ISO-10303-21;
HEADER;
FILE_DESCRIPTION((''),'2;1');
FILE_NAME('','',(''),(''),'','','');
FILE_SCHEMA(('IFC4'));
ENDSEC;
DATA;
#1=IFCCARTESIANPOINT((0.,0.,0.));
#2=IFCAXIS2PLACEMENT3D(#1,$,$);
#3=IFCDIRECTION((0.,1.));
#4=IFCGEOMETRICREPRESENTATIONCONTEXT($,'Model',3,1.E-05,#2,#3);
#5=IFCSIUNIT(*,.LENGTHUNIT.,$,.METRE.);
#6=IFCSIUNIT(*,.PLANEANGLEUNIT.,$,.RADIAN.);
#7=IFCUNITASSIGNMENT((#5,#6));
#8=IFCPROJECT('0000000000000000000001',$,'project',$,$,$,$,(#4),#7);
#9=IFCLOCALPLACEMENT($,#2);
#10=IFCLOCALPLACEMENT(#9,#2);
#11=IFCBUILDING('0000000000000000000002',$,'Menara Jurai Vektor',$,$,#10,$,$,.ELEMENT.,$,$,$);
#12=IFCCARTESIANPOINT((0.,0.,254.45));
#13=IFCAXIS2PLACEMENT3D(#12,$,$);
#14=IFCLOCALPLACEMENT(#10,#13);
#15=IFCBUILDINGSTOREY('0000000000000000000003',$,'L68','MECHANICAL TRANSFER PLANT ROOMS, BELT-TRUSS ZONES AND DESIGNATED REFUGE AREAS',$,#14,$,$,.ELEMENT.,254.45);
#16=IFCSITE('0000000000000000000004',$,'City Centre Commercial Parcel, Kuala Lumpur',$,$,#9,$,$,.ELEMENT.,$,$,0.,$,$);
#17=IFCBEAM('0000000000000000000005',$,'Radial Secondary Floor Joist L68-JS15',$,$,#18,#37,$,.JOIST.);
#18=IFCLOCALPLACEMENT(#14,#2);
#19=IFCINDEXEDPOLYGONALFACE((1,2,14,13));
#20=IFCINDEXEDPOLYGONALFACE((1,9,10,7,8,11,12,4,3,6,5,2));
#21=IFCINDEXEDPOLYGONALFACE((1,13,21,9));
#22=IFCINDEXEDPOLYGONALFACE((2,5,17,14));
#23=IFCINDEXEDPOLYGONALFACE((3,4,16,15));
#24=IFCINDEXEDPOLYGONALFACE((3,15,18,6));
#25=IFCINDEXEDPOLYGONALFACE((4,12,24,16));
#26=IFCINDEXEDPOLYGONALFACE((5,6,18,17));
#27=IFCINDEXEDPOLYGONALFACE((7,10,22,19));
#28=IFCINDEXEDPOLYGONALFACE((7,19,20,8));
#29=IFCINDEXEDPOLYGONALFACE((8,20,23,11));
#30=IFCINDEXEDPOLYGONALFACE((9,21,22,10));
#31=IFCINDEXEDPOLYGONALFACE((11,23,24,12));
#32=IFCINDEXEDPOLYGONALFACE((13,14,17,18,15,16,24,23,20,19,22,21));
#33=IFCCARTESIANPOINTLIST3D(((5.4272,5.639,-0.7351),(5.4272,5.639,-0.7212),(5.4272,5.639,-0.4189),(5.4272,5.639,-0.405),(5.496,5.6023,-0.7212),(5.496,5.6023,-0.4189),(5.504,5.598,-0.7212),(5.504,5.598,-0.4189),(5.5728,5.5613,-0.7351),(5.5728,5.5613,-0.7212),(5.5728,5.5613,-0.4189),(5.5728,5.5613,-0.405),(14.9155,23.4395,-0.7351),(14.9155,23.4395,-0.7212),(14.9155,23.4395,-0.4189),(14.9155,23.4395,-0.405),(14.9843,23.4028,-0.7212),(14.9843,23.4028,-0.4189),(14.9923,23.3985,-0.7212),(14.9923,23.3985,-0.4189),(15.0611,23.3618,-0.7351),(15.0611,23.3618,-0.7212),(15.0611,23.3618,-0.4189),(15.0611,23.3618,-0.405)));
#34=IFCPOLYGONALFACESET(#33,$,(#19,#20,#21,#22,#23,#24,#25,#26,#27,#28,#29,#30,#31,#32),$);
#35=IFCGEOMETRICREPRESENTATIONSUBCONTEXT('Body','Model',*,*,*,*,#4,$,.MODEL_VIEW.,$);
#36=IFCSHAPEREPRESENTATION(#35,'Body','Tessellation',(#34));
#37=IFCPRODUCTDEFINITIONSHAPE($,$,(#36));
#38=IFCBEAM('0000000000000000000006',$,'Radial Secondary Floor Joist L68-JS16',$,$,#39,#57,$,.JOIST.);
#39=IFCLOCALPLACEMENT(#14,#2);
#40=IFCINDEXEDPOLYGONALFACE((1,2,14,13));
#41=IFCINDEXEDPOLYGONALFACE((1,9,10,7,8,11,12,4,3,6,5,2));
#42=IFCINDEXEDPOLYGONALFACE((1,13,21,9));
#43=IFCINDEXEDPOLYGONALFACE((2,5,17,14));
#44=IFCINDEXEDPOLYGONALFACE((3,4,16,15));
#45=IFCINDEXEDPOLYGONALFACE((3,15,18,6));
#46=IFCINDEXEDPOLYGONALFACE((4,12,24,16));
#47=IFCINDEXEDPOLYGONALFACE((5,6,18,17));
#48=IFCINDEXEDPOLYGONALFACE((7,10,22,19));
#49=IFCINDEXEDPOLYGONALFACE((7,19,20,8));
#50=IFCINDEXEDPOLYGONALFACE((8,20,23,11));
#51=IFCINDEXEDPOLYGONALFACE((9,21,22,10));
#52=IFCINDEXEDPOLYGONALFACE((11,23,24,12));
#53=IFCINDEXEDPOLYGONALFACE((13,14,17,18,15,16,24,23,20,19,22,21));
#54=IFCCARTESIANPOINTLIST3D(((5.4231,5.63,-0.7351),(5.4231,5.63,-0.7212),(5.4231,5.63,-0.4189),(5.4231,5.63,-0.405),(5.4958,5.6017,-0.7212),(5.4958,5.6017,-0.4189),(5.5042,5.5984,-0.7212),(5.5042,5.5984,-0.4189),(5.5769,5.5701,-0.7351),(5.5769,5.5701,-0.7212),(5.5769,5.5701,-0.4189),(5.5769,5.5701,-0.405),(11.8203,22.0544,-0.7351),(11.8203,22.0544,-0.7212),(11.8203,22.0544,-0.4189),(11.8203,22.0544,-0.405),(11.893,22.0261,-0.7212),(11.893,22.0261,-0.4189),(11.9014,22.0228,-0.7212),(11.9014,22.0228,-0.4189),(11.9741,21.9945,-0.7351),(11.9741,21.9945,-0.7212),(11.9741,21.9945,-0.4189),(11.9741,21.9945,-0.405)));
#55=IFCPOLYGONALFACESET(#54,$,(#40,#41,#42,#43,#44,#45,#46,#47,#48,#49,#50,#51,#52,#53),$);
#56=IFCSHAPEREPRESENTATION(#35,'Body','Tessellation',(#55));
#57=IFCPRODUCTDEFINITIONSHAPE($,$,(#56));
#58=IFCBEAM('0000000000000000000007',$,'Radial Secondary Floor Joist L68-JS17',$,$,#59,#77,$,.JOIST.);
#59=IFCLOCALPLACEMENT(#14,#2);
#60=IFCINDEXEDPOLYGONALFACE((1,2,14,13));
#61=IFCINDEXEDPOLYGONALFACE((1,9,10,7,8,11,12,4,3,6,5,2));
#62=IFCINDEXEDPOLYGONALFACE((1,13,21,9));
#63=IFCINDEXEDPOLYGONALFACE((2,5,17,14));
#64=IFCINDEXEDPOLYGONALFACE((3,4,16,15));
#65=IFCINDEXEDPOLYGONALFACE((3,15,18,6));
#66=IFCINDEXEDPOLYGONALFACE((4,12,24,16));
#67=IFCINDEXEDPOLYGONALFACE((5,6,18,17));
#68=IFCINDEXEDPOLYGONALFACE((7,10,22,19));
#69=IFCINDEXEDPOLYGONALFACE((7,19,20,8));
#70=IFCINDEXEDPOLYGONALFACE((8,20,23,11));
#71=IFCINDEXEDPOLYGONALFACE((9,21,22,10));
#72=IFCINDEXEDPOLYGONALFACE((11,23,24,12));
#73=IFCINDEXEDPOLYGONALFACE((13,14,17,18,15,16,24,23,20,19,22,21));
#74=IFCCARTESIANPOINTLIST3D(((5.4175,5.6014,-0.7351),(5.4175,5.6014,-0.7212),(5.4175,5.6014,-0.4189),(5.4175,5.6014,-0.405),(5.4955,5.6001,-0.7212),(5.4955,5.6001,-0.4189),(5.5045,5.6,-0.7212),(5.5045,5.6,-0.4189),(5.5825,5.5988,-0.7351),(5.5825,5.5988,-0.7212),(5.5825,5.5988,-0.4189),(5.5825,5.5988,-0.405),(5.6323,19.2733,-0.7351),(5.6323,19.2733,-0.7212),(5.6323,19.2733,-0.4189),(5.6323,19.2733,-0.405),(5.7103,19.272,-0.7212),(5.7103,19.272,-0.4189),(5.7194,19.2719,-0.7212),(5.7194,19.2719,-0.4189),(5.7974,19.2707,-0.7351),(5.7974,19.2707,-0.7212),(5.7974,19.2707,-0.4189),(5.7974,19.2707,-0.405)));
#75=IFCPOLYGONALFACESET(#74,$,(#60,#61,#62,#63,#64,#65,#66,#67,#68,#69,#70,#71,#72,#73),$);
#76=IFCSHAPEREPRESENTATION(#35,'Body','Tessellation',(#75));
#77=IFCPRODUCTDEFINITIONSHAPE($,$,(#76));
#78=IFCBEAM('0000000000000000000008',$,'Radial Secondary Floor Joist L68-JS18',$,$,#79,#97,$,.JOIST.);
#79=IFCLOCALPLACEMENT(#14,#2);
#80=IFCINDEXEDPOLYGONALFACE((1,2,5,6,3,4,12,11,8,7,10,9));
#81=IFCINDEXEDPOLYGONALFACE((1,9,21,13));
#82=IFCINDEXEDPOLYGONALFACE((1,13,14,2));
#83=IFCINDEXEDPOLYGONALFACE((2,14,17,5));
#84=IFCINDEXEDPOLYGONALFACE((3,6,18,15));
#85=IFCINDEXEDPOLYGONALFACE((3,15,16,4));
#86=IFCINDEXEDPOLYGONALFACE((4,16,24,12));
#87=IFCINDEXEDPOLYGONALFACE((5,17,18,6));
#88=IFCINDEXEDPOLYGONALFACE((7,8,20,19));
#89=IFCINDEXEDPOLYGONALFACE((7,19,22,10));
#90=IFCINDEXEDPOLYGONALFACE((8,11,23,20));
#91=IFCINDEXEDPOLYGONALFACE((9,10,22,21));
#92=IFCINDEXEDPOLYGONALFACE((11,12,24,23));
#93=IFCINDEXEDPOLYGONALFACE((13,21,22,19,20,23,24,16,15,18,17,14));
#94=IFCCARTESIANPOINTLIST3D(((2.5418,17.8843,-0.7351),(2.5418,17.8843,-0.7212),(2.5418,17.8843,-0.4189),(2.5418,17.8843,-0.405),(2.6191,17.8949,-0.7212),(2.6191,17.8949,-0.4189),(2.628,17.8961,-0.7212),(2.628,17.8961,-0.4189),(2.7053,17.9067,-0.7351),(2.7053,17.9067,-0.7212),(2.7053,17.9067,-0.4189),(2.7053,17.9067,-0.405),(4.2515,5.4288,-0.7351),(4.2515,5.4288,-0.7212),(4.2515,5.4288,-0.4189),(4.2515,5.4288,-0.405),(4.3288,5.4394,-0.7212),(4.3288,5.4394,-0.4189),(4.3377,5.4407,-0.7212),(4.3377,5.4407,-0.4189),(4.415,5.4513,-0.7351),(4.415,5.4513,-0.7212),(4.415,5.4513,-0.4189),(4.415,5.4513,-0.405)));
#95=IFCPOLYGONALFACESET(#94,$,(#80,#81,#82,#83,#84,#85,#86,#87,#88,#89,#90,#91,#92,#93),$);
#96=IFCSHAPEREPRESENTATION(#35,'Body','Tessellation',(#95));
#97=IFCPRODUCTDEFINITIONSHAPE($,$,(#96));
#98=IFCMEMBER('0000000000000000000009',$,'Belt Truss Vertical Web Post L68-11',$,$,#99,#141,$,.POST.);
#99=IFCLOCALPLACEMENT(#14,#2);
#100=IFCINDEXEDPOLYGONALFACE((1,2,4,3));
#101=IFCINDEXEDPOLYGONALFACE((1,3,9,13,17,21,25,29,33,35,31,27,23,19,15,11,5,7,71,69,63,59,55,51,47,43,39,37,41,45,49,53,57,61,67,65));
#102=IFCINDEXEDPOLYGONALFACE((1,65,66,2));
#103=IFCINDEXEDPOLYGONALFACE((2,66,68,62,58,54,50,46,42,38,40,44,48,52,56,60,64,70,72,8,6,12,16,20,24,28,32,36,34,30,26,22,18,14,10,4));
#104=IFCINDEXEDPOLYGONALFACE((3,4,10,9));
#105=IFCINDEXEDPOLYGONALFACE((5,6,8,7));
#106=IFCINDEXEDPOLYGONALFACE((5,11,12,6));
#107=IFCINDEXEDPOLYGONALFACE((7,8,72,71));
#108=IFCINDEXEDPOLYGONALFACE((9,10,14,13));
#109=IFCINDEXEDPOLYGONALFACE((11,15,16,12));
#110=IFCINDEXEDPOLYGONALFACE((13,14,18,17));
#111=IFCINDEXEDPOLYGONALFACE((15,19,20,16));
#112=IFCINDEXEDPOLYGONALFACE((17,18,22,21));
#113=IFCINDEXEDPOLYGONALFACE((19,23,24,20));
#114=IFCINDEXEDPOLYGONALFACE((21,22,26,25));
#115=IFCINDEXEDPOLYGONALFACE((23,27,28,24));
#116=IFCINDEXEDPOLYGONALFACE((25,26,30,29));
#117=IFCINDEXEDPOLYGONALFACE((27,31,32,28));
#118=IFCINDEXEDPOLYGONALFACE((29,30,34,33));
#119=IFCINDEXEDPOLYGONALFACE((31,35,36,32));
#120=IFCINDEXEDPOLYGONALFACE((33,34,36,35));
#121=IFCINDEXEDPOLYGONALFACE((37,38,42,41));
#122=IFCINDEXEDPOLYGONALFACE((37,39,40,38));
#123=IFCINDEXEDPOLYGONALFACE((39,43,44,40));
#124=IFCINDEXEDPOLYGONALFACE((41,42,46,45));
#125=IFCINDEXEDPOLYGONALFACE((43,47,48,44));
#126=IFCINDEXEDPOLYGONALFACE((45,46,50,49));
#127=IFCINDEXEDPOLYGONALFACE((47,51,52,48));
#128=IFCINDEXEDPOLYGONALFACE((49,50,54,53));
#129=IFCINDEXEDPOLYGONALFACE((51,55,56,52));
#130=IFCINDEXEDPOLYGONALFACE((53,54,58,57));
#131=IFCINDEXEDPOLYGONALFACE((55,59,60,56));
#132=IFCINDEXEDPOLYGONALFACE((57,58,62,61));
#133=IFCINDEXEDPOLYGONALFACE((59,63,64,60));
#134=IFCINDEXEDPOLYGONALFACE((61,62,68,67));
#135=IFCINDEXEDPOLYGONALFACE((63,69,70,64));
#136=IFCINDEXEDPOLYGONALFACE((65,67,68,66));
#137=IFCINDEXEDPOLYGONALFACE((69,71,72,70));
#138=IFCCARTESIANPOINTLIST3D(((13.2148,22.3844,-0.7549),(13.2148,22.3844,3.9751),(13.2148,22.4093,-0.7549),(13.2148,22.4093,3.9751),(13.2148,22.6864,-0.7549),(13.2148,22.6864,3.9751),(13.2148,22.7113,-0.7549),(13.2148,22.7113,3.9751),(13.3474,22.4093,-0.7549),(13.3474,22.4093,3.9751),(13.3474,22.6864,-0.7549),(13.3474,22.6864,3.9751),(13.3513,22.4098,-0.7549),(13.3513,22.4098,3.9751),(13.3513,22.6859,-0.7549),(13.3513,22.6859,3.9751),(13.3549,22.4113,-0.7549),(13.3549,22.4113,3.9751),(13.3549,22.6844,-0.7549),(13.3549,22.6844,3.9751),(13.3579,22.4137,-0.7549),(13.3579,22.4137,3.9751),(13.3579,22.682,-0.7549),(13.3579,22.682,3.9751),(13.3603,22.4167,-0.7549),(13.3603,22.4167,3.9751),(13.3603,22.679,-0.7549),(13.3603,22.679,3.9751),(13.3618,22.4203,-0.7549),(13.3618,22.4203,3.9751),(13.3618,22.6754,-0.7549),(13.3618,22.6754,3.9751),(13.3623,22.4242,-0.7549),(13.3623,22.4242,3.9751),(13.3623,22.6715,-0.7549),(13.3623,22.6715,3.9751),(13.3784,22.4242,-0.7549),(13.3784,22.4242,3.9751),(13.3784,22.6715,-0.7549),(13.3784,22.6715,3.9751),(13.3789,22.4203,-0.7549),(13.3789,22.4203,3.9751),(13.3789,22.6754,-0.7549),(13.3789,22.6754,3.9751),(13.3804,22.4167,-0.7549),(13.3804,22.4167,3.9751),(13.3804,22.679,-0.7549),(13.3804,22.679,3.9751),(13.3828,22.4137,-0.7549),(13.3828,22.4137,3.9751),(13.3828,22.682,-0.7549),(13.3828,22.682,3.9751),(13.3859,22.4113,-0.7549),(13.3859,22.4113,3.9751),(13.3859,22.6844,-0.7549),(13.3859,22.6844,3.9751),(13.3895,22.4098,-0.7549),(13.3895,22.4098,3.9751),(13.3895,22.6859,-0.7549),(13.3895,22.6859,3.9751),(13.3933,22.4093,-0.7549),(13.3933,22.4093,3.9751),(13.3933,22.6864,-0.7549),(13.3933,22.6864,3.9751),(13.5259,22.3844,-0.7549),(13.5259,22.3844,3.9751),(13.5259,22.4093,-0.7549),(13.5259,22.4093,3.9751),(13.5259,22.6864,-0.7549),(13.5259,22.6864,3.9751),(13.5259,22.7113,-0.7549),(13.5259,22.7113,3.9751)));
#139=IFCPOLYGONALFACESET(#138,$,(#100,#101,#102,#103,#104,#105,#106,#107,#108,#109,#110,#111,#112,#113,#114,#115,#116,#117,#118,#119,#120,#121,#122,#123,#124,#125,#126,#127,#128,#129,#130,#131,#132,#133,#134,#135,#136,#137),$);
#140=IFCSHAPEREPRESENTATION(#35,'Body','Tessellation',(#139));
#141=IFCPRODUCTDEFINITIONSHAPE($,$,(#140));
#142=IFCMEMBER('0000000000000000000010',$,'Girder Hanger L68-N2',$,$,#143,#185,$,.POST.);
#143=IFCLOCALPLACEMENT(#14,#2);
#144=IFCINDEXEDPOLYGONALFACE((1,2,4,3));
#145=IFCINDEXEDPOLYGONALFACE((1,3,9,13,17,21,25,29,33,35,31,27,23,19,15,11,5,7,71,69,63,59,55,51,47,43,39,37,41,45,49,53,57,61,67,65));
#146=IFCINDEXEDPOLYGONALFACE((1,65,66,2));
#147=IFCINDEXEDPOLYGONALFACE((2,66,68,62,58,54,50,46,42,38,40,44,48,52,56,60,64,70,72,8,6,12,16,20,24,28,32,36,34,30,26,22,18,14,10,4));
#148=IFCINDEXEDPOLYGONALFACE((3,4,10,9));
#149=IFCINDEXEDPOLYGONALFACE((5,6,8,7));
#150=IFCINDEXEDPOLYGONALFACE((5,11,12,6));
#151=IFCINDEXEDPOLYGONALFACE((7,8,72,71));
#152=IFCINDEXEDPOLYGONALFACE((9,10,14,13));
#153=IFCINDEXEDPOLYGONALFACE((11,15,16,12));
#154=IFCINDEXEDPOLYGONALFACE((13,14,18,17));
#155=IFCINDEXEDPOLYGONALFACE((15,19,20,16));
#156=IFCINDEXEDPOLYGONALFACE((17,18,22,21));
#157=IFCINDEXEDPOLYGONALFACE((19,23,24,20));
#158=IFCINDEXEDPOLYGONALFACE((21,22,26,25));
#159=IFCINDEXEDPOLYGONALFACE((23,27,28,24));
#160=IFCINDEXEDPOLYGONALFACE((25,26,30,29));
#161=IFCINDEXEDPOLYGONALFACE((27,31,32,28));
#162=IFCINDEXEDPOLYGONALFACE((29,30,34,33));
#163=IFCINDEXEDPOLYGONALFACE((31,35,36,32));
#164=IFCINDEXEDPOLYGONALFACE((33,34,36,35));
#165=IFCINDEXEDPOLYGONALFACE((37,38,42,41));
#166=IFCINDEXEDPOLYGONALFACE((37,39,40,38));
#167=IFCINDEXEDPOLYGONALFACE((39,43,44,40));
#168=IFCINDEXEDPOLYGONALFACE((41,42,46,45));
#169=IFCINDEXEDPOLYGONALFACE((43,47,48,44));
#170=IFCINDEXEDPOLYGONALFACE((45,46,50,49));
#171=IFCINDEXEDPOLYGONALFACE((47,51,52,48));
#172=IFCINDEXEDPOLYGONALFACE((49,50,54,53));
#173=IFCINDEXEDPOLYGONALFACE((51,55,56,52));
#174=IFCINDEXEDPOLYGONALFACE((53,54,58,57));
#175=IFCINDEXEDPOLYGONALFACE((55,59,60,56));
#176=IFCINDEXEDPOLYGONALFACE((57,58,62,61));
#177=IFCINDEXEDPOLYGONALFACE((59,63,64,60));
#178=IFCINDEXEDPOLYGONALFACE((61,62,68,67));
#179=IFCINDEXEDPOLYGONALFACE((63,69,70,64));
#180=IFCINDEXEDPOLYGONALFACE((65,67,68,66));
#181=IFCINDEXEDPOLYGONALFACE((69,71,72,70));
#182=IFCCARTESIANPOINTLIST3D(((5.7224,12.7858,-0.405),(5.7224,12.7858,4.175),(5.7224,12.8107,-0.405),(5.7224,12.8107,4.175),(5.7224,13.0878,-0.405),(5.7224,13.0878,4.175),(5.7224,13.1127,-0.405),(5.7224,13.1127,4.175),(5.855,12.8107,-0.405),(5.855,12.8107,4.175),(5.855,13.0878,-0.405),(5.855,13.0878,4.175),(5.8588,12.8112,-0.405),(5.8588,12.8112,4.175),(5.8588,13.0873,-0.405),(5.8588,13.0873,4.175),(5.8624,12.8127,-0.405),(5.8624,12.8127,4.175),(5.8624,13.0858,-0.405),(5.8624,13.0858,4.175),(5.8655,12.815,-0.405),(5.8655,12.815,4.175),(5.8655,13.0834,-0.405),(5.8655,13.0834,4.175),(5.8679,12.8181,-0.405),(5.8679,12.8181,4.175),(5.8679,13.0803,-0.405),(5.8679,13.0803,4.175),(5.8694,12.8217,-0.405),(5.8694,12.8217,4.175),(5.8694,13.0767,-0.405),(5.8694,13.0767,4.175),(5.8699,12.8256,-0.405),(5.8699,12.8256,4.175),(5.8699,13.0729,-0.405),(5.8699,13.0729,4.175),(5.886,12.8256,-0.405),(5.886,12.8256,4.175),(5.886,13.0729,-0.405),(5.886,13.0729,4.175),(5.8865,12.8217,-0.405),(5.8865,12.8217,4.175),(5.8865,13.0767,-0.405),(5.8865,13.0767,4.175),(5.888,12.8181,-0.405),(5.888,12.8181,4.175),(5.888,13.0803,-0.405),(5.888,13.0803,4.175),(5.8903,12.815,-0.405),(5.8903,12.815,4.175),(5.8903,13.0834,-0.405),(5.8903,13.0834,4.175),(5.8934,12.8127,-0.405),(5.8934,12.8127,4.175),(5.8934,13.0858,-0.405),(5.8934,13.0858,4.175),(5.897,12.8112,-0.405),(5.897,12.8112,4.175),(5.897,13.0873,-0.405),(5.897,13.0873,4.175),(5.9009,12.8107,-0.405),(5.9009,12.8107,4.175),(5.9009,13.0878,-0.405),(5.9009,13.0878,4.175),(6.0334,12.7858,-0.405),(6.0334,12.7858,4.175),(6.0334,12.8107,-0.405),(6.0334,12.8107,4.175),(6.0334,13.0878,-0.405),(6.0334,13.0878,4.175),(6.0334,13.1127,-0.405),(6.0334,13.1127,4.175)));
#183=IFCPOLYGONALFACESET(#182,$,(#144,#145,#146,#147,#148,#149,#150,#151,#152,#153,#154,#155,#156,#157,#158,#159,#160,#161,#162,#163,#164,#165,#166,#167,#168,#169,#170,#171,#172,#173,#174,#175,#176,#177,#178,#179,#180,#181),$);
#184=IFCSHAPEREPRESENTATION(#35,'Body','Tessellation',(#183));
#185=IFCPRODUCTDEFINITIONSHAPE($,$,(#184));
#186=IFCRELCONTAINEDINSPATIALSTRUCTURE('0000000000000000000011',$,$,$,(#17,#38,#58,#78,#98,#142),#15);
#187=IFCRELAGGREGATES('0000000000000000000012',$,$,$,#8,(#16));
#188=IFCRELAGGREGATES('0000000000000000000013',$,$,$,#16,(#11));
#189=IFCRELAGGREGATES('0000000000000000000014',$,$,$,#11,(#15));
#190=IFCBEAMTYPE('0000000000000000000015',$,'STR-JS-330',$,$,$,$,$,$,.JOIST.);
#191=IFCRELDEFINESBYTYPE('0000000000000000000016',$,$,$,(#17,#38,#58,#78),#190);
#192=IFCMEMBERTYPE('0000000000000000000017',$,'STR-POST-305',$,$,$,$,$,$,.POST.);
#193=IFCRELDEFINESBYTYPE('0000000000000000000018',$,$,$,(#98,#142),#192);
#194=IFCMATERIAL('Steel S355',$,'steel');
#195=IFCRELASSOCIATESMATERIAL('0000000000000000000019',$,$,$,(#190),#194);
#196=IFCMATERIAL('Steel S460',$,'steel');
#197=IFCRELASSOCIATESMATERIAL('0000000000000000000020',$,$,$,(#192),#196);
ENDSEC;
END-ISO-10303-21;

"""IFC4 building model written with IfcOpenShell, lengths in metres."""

from ifc_helpers import new_model, si_unit, direction, frame, origin, origin_2d, place, context, subcontext, project, spatial, i_section, extrude, material, material_profile, profile_set, type_object, element, save


model = new_model("IFC4")

# Units and contexts
model_context = context("Model", 3, precision=1e-05, world=origin(), true_north=direction((0.0, 1.0)))
body_context = subcontext(model_context, "Body", "Model", "MODEL_VIEW")
ifc_project = project(units=[si_unit("LENGTHUNIT", "METRE"), si_unit("PLANEANGLEUNIT", "RADIAN")], contexts=[model_context])

# Site, building, storey
site_placement = place(None, origin())
site = spatial("IfcSite", under=ifc_project, at=site_placement, Name="City Centre Commercial Parcel, Kuala Lumpur", CompositionType="ELEMENT", RefElevation=0.0)
building_placement = place(site_placement, origin())
building = spatial("IfcBuilding", under=site, at=building_placement, Name="Menara Jurai Vektor", CompositionType="ELEMENT")
storey_placement = place(building_placement, frame((0.0, 0.0, 254.45)))
storey = spatial("IfcBuildingStorey", under=building, at=storey_placement, Name="L68", Description="MECHANICAL TRANSFER PLANT ROOMS, BELT-TRUSS ZONES AND DESIGNATED REFUGE AREAS", CompositionType="ELEMENT", Elevation=254.45)

# Shared definitions
ifc_material_1 = material(Name="Steel S460", Category="steel")

# Shared definitions
ifc_material_2 = material(Name="Steel S355", Category="steel")

# Beams
ifc_material_profile_1 = material_profile(ifc_material_2, i_section(OverallWidth=0.165, OverallDepth=0.3301, WebThickness=0.009, FlangeThickness=0.0139, at=origin_2d()), Name="PG 330x165x46")
ifc_profile_set_1 = profile_set([ifc_material_profile_1], Name="Steel S355")
beam_type_1 = type_object("IfcBeamType", Name="STR-JS-330", PredefinedType="JOIST", material=ifc_profile_set_1)
beam_1_placement = place(storey_placement, frame((14.9883, 23.4006, -0.5701), z_axis=(-0.470382, -0.882463, 0.0), x_axis=(0.882463, -0.470382, 0.0)))
element("IfcBeam", 1, at=beam_1_placement, inside=storey, type_object=beam_type_1, Name="Radial Secondary Floor Joist L68-JS15", PredefinedType="JOIST", context=body_context, shape_type="SweptSolid", body=[
    extrude(i_section(OverallWidth=0.165, OverallDepth=0.3301, WebThickness=0.009, FlangeThickness=0.0139, at=origin_2d()), origin(), (0.0, 0.0, 1.0), 20.1714),
])
beam_2_placement = place(storey_placement, frame((11.8972, 22.0244, -0.5701), z_axis=(-0.362938, -0.931813, 0.0), x_axis=(0.931813, -0.362938, 0.0)))
element("IfcBeam", 2, at=beam_2_placement, inside=storey, type_object=beam_type_1, Name="Radial Secondary Floor Joist L68-JS16", PredefinedType="JOIST", context=body_context, shape_type="SweptSolid", body=[
    extrude(i_section(OverallWidth=0.165, OverallDepth=0.3301, WebThickness=0.009, FlangeThickness=0.0139, at=origin_2d()), origin(), (0.0, 0.0, 1.0), 17.6262),
])
beam_3_placement = place(storey_placement, frame((5.7148, 19.272, -0.5701), z_axis=(-0.015712, -0.999877, 0.0), x_axis=(0.999877, -0.015712, 0.0)))
element("IfcBeam", 3, at=beam_3_placement, inside=storey, type_object=beam_type_1, Name="Radial Secondary Floor Joist L68-JS17", PredefinedType="JOIST", context=body_context, shape_type="SweptSolid", body=[
    extrude(i_section(OverallWidth=0.165, OverallDepth=0.3301, WebThickness=0.009, FlangeThickness=0.0139, at=origin_2d()), origin(), (0.0, 0.0, 1.0), 13.6736),
])
beam_4_placement = place(storey_placement, frame((2.6235, 17.8955, -0.5701), z_axis=(0.13599, -0.99071, 0.0), x_axis=(0.99071, 0.13599, 0.0)))
element("IfcBeam", 4, at=beam_4_placement, inside=storey, type_object=beam_type_1, Name="Radial Secondary Floor Joist L68-JS18", PredefinedType="JOIST", context=body_context, shape_type="SweptSolid", body=[
    extrude(i_section(OverallWidth=0.165, OverallDepth=0.3301, WebThickness=0.009, FlangeThickness=0.0139, at=origin_2d()), origin(), (0.0, 0.0, 1.0), 12.5723),
])

# Members
ifc_material_profile_2 = material_profile(ifc_material_1, i_section(OverallWidth=0.311, OverallDepth=0.3269, WebThickness=0.0161, FlangeThickness=0.0249, FilletRadius=0.0149, at=origin_2d()), Name="UKC 305x305x158")
ifc_profile_set_2 = profile_set([ifc_material_profile_2], Name="Steel S460")
member_type_1 = type_object("IfcMemberType", Name="STR-POST-305", PredefinedType="POST", material=ifc_profile_set_2)
member_1_placement = place(storey_placement, frame((13.3704, 22.5479, -0.7549), z_axis=(0.0, 0.0, 1.0), x_axis=(1.0, 0.0, 0.0)))
element("IfcMember", 5, at=member_1_placement, inside=storey, type_object=member_type_1, Name="Belt Truss Vertical Web Post L68-11", PredefinedType="POST", context=body_context, shape_type="SweptSolid", body=[
    extrude(i_section(OverallWidth=0.311, OverallDepth=0.3269, WebThickness=0.0161, FlangeThickness=0.0249, FilletRadius=0.0149, at=origin_2d()), origin(), (0.0, 0.0, 1.0), 4.73),
])
member_2_placement = place(storey_placement, frame((5.8779, 12.9492, -0.405), z_axis=(0.0, 0.0, 1.0), x_axis=(1.0, 0.0, 0.0)))
element("IfcMember", 6, at=member_2_placement, inside=storey, type_object=member_type_1, Name="Girder Hanger L68-N2", PredefinedType="POST", context=body_context, shape_type="SweptSolid", body=[
    extrude(i_section(OverallWidth=0.311, OverallDepth=0.3269, WebThickness=0.0161, FlangeThickness=0.0249, FilletRadius=0.0149, at=origin_2d()), origin(), (0.0, 0.0, 1.0), 4.5801),
])

save(model, "model.ifc")
